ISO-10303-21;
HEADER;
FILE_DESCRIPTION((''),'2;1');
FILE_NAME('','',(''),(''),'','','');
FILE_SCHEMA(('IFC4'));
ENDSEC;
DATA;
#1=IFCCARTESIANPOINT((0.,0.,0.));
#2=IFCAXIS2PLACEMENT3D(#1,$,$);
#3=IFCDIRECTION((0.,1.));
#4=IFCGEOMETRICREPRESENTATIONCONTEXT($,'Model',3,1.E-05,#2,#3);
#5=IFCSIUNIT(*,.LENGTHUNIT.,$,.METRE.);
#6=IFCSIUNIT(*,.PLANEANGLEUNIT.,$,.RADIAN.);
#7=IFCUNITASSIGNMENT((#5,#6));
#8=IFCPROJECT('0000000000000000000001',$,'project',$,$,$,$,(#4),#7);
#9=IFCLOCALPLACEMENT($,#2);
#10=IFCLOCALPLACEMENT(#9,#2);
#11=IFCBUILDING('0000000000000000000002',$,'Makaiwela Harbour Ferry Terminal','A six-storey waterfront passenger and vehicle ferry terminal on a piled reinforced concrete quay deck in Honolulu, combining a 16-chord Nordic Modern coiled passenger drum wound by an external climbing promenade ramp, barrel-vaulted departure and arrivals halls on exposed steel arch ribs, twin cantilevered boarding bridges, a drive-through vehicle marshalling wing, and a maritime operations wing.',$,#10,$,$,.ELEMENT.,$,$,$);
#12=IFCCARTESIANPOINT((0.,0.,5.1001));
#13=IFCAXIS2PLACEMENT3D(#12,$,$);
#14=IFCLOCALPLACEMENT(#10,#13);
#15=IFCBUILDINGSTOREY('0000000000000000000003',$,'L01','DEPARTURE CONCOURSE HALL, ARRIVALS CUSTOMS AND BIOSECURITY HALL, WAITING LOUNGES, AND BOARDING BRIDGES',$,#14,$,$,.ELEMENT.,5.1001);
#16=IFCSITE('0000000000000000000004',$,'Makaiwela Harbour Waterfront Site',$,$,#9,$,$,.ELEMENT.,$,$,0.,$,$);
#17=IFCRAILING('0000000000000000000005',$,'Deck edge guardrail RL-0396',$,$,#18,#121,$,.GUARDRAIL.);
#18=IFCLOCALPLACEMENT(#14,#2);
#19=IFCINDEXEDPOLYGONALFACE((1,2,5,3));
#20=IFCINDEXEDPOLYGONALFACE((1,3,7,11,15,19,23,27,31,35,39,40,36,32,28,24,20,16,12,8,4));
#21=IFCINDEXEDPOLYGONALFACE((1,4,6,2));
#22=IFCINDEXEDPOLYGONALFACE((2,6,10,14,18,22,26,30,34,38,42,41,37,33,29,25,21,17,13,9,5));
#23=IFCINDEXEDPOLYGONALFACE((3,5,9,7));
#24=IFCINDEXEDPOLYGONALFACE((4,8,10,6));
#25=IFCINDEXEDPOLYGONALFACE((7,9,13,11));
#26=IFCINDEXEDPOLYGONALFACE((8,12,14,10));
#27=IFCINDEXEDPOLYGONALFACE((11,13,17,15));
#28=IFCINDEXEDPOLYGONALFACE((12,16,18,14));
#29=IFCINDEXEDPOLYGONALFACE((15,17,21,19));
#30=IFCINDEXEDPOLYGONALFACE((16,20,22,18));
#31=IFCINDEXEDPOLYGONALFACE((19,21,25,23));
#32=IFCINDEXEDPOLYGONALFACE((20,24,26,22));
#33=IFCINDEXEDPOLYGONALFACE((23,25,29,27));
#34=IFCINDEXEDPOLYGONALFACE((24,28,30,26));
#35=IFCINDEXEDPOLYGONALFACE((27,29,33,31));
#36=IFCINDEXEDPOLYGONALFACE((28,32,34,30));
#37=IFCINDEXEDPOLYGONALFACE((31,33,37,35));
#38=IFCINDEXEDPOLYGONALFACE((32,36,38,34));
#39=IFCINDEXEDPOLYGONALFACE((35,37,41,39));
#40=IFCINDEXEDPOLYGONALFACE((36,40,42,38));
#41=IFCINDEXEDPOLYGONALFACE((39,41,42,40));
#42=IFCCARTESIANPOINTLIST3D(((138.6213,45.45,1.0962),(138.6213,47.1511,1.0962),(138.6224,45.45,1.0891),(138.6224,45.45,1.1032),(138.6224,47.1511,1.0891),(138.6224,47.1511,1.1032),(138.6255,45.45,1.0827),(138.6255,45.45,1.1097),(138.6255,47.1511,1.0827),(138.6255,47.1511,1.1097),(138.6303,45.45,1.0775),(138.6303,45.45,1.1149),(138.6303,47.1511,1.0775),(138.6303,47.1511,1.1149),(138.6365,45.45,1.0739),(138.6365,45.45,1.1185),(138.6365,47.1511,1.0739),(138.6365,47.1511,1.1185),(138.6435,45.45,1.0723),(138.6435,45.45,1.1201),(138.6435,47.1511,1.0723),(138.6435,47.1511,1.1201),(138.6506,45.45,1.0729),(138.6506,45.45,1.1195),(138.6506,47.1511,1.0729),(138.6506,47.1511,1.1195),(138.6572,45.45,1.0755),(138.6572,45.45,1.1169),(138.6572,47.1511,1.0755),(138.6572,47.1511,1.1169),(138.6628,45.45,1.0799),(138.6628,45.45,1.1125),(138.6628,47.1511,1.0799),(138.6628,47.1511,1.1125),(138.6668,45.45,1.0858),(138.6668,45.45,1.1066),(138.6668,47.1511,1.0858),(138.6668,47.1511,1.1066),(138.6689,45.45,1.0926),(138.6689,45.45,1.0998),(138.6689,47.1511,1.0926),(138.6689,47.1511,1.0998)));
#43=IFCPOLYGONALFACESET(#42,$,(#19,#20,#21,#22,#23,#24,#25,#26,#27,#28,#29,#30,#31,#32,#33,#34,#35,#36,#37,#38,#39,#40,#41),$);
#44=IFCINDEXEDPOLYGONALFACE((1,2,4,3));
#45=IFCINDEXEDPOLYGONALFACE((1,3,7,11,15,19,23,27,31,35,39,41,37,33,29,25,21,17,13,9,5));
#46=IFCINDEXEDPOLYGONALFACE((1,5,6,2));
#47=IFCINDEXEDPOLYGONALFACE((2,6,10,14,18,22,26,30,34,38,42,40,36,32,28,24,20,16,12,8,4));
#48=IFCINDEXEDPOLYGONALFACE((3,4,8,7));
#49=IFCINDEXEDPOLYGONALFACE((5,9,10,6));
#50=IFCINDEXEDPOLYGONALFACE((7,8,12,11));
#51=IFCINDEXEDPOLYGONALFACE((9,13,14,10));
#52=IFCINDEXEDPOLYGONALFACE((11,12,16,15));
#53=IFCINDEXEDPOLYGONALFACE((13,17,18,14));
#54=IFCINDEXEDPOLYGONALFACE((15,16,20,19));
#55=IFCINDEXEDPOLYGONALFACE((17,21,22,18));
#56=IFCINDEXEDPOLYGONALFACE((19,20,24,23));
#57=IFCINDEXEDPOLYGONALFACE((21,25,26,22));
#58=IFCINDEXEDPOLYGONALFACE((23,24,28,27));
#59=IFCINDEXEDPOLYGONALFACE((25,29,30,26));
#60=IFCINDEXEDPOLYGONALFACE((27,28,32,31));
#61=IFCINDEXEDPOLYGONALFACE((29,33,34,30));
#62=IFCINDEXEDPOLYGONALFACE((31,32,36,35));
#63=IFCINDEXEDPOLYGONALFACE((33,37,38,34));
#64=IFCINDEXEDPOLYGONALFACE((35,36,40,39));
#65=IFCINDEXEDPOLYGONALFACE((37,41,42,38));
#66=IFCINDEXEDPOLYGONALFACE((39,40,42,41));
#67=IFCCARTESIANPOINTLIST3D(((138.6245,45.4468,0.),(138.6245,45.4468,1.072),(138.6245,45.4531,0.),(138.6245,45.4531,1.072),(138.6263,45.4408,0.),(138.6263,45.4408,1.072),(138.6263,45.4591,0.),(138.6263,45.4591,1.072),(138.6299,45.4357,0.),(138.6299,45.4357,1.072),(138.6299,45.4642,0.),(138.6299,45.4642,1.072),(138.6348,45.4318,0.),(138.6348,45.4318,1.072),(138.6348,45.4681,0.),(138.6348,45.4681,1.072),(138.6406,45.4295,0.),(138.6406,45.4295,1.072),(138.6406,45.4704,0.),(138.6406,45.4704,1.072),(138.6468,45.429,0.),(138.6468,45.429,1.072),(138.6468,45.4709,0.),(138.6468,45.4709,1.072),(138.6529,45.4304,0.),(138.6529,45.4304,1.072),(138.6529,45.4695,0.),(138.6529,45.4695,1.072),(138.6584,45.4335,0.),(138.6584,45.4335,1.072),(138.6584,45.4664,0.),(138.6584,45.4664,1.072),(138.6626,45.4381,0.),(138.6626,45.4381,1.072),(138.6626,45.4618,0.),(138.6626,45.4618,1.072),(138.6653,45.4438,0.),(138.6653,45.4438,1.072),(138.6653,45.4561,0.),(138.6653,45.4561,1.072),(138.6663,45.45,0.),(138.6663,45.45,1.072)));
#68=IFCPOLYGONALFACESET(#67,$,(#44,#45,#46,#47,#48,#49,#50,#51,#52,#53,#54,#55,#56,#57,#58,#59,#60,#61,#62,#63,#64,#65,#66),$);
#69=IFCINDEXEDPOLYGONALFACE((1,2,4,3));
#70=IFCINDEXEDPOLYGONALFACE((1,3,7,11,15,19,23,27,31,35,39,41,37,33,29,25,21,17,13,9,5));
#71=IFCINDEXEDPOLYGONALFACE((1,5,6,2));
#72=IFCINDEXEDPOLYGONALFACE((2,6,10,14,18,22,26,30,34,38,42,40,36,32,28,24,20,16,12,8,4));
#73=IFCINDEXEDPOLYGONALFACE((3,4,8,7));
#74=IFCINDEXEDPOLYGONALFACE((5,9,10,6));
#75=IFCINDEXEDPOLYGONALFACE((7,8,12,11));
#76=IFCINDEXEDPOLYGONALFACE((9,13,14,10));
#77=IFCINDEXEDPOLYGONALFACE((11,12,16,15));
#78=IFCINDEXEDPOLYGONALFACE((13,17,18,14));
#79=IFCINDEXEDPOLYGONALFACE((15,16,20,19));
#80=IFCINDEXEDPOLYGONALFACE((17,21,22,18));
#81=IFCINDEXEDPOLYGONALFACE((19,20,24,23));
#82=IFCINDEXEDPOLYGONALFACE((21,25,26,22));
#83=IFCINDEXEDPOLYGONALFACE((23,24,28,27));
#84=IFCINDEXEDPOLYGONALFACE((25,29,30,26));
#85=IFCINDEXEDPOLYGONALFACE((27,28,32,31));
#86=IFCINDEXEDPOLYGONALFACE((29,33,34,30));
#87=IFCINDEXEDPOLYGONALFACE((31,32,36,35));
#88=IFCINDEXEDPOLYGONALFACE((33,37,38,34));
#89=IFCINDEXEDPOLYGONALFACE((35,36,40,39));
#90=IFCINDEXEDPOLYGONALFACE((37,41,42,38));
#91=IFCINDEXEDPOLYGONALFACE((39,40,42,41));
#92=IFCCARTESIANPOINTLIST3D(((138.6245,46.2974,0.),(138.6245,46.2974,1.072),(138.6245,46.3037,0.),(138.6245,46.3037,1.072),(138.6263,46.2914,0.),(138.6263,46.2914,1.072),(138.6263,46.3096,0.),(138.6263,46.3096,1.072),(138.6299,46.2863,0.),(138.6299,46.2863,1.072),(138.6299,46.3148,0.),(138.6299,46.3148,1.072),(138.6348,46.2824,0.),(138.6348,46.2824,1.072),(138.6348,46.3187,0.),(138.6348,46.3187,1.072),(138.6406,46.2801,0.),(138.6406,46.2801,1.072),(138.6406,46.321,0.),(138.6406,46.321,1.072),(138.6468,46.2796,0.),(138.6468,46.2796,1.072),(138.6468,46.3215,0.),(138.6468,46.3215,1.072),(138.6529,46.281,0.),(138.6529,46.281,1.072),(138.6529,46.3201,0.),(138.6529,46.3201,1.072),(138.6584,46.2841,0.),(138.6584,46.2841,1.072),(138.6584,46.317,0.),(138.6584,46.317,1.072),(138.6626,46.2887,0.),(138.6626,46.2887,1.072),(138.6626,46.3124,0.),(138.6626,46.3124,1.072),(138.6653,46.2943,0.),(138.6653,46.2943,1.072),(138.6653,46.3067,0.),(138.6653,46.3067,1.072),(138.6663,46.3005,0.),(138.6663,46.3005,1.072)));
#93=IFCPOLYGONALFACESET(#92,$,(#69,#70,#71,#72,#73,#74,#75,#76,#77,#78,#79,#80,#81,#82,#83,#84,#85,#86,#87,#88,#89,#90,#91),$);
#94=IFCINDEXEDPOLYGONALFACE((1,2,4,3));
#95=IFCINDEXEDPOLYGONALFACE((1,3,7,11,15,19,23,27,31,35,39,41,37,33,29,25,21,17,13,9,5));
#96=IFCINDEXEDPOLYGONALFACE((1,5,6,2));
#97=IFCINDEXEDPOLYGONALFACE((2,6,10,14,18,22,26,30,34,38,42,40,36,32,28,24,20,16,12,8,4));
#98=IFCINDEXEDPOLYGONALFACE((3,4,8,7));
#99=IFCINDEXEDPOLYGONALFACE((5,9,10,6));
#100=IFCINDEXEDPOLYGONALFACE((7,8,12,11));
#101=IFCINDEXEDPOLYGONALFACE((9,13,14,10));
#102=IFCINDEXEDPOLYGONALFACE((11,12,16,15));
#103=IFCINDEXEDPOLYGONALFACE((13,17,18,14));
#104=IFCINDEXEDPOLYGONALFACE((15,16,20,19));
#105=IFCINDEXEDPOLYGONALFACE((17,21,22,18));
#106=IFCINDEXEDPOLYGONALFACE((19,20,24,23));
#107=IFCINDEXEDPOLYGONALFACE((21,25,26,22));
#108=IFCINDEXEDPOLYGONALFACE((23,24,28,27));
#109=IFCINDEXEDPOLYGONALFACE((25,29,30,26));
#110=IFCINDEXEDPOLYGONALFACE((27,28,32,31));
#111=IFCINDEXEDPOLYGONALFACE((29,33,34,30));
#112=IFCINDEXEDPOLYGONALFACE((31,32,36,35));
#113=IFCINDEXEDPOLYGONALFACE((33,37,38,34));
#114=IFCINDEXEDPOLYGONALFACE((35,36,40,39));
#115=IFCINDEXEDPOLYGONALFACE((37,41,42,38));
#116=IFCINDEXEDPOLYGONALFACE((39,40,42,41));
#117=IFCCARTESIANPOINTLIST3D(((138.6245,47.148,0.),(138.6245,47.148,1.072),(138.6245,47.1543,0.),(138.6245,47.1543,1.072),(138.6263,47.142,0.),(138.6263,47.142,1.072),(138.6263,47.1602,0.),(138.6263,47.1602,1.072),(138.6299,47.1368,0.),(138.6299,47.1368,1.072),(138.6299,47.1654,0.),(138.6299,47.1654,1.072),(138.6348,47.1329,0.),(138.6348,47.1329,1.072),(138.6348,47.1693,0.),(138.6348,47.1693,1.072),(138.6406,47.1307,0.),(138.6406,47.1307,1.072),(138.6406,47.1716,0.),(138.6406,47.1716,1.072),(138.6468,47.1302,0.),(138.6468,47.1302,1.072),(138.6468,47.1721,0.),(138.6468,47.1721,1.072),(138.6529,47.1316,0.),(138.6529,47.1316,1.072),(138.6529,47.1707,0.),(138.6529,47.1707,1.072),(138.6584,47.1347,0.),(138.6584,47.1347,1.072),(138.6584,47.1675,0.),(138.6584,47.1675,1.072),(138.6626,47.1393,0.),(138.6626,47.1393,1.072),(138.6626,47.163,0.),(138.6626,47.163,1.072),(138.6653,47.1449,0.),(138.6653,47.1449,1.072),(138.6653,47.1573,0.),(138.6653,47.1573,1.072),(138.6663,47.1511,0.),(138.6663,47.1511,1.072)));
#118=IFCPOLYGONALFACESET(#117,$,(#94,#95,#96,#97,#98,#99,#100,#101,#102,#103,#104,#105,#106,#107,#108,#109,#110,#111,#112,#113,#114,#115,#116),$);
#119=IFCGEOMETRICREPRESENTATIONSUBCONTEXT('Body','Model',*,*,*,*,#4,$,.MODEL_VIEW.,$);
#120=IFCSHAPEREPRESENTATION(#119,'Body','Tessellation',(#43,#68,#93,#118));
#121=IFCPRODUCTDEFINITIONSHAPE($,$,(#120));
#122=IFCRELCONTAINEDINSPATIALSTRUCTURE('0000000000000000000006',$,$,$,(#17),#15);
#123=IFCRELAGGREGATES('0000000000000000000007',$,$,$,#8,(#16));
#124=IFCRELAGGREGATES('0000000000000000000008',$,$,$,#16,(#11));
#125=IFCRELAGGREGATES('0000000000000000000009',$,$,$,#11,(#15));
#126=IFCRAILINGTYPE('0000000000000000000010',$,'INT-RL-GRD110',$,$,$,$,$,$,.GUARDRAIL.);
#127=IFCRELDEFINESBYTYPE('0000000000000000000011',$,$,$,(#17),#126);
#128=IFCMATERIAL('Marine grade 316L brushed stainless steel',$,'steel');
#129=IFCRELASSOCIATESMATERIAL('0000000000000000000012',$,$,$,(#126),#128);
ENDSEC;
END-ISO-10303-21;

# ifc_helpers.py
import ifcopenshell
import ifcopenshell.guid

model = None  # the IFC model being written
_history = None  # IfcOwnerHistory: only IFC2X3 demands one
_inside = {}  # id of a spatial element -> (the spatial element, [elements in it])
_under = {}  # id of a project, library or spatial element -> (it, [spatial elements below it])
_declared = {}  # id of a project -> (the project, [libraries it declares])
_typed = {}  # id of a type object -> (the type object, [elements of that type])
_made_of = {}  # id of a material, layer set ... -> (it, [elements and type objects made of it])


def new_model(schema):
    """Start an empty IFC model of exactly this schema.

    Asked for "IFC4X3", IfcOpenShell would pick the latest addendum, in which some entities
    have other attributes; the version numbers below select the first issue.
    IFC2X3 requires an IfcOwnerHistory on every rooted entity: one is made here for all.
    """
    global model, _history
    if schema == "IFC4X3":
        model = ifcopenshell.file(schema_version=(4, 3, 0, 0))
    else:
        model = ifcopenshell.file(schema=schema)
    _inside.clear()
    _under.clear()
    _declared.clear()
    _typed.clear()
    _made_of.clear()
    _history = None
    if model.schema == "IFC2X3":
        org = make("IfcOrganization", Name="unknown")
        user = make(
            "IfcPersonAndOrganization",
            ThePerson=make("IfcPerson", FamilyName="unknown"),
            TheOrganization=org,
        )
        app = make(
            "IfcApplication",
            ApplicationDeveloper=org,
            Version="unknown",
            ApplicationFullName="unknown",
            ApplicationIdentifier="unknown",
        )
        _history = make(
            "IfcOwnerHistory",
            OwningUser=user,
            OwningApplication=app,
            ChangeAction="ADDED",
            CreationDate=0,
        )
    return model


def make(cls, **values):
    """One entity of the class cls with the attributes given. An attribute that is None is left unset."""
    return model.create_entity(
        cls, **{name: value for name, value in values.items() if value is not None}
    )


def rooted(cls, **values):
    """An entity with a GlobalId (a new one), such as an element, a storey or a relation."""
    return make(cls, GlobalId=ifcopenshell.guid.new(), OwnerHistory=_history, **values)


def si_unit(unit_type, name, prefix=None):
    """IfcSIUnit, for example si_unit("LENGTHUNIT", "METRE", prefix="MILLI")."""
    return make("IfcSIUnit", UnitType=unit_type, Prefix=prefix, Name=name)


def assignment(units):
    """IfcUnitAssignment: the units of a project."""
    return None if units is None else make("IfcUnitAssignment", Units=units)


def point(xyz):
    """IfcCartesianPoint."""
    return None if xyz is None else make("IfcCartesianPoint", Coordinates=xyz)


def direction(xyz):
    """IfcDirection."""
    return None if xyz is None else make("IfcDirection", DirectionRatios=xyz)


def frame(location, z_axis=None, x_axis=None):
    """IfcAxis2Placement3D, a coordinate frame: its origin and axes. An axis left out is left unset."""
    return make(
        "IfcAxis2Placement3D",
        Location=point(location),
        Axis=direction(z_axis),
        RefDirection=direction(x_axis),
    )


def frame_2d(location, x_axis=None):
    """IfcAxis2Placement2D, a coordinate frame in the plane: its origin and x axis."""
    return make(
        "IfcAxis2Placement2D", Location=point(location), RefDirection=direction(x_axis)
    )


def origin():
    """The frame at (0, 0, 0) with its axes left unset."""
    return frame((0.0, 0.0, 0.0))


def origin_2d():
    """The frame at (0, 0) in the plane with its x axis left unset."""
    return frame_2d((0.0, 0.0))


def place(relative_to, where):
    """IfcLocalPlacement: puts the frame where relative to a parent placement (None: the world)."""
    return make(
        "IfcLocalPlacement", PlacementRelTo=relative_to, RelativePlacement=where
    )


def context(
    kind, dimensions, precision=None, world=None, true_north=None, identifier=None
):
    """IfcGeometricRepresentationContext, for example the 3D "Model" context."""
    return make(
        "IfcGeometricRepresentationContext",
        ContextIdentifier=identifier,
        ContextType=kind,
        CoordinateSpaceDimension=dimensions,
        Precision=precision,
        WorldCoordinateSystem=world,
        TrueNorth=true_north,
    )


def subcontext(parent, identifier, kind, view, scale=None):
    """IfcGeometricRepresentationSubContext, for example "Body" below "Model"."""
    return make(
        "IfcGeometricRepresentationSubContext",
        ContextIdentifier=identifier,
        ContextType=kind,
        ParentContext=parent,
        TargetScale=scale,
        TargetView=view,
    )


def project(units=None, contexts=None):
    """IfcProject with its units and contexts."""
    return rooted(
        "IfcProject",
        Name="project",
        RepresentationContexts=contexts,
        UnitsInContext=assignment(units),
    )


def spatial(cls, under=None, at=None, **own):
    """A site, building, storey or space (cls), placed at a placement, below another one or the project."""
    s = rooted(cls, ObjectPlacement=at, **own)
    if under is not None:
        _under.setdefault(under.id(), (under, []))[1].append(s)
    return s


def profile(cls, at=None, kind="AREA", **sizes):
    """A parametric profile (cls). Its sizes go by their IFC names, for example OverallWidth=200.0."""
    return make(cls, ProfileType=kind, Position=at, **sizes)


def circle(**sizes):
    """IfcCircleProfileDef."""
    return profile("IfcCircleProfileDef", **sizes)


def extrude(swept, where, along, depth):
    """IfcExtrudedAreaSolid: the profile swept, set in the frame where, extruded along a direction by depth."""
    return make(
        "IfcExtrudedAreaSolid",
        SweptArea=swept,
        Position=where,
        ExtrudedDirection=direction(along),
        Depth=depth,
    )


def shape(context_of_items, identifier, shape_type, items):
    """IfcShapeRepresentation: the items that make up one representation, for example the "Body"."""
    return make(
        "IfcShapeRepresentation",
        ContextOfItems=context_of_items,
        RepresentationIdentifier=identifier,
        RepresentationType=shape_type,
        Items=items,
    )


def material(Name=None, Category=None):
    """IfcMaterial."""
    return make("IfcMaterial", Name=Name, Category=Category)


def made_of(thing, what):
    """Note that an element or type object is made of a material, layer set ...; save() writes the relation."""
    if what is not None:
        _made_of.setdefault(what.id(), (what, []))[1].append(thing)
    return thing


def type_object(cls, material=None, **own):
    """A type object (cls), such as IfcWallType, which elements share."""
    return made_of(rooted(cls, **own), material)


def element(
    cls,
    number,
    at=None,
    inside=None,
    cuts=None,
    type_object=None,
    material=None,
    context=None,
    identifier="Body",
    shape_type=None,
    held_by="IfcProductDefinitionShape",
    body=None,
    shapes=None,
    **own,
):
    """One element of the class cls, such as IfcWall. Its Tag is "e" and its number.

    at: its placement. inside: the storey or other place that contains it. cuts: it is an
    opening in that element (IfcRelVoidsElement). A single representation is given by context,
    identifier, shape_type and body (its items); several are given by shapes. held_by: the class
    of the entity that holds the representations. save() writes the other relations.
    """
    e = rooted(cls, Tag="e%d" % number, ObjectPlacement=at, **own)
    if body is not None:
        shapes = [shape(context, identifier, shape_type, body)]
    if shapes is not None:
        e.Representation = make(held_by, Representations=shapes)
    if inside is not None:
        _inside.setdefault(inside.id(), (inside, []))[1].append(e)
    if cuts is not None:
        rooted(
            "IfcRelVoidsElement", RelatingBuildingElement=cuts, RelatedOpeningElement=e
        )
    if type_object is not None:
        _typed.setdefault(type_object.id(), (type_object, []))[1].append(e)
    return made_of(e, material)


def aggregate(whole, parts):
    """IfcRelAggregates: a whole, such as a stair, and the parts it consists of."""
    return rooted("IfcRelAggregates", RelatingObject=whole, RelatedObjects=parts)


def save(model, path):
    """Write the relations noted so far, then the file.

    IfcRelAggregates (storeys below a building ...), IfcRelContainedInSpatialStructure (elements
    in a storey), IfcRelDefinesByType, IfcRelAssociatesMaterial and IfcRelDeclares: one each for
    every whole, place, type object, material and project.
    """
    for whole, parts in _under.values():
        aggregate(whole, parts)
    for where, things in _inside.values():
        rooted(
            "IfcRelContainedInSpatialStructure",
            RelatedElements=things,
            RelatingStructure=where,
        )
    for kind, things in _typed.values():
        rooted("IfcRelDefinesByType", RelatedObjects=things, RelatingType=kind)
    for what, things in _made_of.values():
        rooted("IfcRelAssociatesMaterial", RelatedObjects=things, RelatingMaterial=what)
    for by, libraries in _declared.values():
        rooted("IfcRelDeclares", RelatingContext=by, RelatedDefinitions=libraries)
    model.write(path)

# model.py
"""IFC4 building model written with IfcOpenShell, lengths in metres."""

from ifc_helpers import new_model, si_unit, direction, frame, origin, origin_2d, place, context, subcontext, project, spatial, circle, extrude, material, type_object, element, save


model = new_model("IFC4")

# Units and contexts
model_context = context("Model", 3, precision=1e-05, world=origin(), true_north=direction((0.0, 1.0)))
body_context = subcontext(model_context, "Body", "Model", "MODEL_VIEW")
ifc_project = project(units=[si_unit("LENGTHUNIT", "METRE"), si_unit("PLANEANGLEUNIT", "RADIAN")], contexts=[model_context])

# Site, building, storey
site_placement = place(None, origin())
site = spatial("IfcSite", under=ifc_project, at=site_placement, Name="Makaiwela Harbour Waterfront Site", CompositionType="ELEMENT", RefElevation=0.0)
building_placement = place(site_placement, origin())
building = spatial("IfcBuilding", under=site, at=building_placement, Name="Makaiwela Harbour Ferry Terminal", Description="A six-storey waterfront passenger and vehicle ferry terminal on a piled reinforced concrete quay deck in Honolulu, combining a 16-chord Nordic Modern coiled passenger drum wound by an external climbing promenade ramp, barrel-vaulted departure and arrivals halls on exposed steel arch ribs, twin cantilevered boarding bridges, a drive-through vehicle marshalling wing, and a maritime operations wing.", CompositionType="ELEMENT")
storey_placement = place(building_placement, frame((0.0, 0.0, 5.1001)))
storey = spatial("IfcBuildingStorey", under=building, at=storey_placement, Name="L01", Description="DEPARTURE CONCOURSE HALL, ARRIVALS CUSTOMS AND BIOSECURITY HALL, WAITING LOUNGES, AND BOARDING BRIDGES", CompositionType="ELEMENT", Elevation=5.1001)

# Railing
ifc_material_1 = material(Name="Marine grade 316L brushed stainless steel", Category="steel")
railing_type = type_object("IfcRailingType", Name="INT-RL-GRD110", PredefinedType="GUARDRAIL", material=ifc_material_1)
railing_1_placement = place(storey_placement, frame((138.6453, 45.45, 0.0)))
element("IfcRailing", 1, at=railing_1_placement, inside=storey, type_object=railing_type, Name="Deck edge guardrail RL-0396", PredefinedType="GUARDRAIL", context=body_context, shape_type="SweptSolid", body=[
    extrude(circle(Radius=0.0239, at=origin_2d()), frame((0.0, 0.0, 1.0962), z_axis=(0.0, 1.0, 0.0), x_axis=(-1.0, 0.0, 0.0)), (0.0, 0.0, 1.0), 1.7012),
    extrude(circle(Radius=0.021, at=origin_2d()), origin(), (0.0, 0.0, 1.0), 1.072),
    extrude(circle(Radius=0.021, at=origin_2d()), frame((0.0, 0.8506, 0.0)), (0.0, 0.0, 1.0), 1.072),
    extrude(circle(Radius=0.021, at=origin_2d()), frame((0.0, 1.7012, 0.0)), (0.0, 0.0, 1.0), 1.072),
])

save(model, "model.ifc")
